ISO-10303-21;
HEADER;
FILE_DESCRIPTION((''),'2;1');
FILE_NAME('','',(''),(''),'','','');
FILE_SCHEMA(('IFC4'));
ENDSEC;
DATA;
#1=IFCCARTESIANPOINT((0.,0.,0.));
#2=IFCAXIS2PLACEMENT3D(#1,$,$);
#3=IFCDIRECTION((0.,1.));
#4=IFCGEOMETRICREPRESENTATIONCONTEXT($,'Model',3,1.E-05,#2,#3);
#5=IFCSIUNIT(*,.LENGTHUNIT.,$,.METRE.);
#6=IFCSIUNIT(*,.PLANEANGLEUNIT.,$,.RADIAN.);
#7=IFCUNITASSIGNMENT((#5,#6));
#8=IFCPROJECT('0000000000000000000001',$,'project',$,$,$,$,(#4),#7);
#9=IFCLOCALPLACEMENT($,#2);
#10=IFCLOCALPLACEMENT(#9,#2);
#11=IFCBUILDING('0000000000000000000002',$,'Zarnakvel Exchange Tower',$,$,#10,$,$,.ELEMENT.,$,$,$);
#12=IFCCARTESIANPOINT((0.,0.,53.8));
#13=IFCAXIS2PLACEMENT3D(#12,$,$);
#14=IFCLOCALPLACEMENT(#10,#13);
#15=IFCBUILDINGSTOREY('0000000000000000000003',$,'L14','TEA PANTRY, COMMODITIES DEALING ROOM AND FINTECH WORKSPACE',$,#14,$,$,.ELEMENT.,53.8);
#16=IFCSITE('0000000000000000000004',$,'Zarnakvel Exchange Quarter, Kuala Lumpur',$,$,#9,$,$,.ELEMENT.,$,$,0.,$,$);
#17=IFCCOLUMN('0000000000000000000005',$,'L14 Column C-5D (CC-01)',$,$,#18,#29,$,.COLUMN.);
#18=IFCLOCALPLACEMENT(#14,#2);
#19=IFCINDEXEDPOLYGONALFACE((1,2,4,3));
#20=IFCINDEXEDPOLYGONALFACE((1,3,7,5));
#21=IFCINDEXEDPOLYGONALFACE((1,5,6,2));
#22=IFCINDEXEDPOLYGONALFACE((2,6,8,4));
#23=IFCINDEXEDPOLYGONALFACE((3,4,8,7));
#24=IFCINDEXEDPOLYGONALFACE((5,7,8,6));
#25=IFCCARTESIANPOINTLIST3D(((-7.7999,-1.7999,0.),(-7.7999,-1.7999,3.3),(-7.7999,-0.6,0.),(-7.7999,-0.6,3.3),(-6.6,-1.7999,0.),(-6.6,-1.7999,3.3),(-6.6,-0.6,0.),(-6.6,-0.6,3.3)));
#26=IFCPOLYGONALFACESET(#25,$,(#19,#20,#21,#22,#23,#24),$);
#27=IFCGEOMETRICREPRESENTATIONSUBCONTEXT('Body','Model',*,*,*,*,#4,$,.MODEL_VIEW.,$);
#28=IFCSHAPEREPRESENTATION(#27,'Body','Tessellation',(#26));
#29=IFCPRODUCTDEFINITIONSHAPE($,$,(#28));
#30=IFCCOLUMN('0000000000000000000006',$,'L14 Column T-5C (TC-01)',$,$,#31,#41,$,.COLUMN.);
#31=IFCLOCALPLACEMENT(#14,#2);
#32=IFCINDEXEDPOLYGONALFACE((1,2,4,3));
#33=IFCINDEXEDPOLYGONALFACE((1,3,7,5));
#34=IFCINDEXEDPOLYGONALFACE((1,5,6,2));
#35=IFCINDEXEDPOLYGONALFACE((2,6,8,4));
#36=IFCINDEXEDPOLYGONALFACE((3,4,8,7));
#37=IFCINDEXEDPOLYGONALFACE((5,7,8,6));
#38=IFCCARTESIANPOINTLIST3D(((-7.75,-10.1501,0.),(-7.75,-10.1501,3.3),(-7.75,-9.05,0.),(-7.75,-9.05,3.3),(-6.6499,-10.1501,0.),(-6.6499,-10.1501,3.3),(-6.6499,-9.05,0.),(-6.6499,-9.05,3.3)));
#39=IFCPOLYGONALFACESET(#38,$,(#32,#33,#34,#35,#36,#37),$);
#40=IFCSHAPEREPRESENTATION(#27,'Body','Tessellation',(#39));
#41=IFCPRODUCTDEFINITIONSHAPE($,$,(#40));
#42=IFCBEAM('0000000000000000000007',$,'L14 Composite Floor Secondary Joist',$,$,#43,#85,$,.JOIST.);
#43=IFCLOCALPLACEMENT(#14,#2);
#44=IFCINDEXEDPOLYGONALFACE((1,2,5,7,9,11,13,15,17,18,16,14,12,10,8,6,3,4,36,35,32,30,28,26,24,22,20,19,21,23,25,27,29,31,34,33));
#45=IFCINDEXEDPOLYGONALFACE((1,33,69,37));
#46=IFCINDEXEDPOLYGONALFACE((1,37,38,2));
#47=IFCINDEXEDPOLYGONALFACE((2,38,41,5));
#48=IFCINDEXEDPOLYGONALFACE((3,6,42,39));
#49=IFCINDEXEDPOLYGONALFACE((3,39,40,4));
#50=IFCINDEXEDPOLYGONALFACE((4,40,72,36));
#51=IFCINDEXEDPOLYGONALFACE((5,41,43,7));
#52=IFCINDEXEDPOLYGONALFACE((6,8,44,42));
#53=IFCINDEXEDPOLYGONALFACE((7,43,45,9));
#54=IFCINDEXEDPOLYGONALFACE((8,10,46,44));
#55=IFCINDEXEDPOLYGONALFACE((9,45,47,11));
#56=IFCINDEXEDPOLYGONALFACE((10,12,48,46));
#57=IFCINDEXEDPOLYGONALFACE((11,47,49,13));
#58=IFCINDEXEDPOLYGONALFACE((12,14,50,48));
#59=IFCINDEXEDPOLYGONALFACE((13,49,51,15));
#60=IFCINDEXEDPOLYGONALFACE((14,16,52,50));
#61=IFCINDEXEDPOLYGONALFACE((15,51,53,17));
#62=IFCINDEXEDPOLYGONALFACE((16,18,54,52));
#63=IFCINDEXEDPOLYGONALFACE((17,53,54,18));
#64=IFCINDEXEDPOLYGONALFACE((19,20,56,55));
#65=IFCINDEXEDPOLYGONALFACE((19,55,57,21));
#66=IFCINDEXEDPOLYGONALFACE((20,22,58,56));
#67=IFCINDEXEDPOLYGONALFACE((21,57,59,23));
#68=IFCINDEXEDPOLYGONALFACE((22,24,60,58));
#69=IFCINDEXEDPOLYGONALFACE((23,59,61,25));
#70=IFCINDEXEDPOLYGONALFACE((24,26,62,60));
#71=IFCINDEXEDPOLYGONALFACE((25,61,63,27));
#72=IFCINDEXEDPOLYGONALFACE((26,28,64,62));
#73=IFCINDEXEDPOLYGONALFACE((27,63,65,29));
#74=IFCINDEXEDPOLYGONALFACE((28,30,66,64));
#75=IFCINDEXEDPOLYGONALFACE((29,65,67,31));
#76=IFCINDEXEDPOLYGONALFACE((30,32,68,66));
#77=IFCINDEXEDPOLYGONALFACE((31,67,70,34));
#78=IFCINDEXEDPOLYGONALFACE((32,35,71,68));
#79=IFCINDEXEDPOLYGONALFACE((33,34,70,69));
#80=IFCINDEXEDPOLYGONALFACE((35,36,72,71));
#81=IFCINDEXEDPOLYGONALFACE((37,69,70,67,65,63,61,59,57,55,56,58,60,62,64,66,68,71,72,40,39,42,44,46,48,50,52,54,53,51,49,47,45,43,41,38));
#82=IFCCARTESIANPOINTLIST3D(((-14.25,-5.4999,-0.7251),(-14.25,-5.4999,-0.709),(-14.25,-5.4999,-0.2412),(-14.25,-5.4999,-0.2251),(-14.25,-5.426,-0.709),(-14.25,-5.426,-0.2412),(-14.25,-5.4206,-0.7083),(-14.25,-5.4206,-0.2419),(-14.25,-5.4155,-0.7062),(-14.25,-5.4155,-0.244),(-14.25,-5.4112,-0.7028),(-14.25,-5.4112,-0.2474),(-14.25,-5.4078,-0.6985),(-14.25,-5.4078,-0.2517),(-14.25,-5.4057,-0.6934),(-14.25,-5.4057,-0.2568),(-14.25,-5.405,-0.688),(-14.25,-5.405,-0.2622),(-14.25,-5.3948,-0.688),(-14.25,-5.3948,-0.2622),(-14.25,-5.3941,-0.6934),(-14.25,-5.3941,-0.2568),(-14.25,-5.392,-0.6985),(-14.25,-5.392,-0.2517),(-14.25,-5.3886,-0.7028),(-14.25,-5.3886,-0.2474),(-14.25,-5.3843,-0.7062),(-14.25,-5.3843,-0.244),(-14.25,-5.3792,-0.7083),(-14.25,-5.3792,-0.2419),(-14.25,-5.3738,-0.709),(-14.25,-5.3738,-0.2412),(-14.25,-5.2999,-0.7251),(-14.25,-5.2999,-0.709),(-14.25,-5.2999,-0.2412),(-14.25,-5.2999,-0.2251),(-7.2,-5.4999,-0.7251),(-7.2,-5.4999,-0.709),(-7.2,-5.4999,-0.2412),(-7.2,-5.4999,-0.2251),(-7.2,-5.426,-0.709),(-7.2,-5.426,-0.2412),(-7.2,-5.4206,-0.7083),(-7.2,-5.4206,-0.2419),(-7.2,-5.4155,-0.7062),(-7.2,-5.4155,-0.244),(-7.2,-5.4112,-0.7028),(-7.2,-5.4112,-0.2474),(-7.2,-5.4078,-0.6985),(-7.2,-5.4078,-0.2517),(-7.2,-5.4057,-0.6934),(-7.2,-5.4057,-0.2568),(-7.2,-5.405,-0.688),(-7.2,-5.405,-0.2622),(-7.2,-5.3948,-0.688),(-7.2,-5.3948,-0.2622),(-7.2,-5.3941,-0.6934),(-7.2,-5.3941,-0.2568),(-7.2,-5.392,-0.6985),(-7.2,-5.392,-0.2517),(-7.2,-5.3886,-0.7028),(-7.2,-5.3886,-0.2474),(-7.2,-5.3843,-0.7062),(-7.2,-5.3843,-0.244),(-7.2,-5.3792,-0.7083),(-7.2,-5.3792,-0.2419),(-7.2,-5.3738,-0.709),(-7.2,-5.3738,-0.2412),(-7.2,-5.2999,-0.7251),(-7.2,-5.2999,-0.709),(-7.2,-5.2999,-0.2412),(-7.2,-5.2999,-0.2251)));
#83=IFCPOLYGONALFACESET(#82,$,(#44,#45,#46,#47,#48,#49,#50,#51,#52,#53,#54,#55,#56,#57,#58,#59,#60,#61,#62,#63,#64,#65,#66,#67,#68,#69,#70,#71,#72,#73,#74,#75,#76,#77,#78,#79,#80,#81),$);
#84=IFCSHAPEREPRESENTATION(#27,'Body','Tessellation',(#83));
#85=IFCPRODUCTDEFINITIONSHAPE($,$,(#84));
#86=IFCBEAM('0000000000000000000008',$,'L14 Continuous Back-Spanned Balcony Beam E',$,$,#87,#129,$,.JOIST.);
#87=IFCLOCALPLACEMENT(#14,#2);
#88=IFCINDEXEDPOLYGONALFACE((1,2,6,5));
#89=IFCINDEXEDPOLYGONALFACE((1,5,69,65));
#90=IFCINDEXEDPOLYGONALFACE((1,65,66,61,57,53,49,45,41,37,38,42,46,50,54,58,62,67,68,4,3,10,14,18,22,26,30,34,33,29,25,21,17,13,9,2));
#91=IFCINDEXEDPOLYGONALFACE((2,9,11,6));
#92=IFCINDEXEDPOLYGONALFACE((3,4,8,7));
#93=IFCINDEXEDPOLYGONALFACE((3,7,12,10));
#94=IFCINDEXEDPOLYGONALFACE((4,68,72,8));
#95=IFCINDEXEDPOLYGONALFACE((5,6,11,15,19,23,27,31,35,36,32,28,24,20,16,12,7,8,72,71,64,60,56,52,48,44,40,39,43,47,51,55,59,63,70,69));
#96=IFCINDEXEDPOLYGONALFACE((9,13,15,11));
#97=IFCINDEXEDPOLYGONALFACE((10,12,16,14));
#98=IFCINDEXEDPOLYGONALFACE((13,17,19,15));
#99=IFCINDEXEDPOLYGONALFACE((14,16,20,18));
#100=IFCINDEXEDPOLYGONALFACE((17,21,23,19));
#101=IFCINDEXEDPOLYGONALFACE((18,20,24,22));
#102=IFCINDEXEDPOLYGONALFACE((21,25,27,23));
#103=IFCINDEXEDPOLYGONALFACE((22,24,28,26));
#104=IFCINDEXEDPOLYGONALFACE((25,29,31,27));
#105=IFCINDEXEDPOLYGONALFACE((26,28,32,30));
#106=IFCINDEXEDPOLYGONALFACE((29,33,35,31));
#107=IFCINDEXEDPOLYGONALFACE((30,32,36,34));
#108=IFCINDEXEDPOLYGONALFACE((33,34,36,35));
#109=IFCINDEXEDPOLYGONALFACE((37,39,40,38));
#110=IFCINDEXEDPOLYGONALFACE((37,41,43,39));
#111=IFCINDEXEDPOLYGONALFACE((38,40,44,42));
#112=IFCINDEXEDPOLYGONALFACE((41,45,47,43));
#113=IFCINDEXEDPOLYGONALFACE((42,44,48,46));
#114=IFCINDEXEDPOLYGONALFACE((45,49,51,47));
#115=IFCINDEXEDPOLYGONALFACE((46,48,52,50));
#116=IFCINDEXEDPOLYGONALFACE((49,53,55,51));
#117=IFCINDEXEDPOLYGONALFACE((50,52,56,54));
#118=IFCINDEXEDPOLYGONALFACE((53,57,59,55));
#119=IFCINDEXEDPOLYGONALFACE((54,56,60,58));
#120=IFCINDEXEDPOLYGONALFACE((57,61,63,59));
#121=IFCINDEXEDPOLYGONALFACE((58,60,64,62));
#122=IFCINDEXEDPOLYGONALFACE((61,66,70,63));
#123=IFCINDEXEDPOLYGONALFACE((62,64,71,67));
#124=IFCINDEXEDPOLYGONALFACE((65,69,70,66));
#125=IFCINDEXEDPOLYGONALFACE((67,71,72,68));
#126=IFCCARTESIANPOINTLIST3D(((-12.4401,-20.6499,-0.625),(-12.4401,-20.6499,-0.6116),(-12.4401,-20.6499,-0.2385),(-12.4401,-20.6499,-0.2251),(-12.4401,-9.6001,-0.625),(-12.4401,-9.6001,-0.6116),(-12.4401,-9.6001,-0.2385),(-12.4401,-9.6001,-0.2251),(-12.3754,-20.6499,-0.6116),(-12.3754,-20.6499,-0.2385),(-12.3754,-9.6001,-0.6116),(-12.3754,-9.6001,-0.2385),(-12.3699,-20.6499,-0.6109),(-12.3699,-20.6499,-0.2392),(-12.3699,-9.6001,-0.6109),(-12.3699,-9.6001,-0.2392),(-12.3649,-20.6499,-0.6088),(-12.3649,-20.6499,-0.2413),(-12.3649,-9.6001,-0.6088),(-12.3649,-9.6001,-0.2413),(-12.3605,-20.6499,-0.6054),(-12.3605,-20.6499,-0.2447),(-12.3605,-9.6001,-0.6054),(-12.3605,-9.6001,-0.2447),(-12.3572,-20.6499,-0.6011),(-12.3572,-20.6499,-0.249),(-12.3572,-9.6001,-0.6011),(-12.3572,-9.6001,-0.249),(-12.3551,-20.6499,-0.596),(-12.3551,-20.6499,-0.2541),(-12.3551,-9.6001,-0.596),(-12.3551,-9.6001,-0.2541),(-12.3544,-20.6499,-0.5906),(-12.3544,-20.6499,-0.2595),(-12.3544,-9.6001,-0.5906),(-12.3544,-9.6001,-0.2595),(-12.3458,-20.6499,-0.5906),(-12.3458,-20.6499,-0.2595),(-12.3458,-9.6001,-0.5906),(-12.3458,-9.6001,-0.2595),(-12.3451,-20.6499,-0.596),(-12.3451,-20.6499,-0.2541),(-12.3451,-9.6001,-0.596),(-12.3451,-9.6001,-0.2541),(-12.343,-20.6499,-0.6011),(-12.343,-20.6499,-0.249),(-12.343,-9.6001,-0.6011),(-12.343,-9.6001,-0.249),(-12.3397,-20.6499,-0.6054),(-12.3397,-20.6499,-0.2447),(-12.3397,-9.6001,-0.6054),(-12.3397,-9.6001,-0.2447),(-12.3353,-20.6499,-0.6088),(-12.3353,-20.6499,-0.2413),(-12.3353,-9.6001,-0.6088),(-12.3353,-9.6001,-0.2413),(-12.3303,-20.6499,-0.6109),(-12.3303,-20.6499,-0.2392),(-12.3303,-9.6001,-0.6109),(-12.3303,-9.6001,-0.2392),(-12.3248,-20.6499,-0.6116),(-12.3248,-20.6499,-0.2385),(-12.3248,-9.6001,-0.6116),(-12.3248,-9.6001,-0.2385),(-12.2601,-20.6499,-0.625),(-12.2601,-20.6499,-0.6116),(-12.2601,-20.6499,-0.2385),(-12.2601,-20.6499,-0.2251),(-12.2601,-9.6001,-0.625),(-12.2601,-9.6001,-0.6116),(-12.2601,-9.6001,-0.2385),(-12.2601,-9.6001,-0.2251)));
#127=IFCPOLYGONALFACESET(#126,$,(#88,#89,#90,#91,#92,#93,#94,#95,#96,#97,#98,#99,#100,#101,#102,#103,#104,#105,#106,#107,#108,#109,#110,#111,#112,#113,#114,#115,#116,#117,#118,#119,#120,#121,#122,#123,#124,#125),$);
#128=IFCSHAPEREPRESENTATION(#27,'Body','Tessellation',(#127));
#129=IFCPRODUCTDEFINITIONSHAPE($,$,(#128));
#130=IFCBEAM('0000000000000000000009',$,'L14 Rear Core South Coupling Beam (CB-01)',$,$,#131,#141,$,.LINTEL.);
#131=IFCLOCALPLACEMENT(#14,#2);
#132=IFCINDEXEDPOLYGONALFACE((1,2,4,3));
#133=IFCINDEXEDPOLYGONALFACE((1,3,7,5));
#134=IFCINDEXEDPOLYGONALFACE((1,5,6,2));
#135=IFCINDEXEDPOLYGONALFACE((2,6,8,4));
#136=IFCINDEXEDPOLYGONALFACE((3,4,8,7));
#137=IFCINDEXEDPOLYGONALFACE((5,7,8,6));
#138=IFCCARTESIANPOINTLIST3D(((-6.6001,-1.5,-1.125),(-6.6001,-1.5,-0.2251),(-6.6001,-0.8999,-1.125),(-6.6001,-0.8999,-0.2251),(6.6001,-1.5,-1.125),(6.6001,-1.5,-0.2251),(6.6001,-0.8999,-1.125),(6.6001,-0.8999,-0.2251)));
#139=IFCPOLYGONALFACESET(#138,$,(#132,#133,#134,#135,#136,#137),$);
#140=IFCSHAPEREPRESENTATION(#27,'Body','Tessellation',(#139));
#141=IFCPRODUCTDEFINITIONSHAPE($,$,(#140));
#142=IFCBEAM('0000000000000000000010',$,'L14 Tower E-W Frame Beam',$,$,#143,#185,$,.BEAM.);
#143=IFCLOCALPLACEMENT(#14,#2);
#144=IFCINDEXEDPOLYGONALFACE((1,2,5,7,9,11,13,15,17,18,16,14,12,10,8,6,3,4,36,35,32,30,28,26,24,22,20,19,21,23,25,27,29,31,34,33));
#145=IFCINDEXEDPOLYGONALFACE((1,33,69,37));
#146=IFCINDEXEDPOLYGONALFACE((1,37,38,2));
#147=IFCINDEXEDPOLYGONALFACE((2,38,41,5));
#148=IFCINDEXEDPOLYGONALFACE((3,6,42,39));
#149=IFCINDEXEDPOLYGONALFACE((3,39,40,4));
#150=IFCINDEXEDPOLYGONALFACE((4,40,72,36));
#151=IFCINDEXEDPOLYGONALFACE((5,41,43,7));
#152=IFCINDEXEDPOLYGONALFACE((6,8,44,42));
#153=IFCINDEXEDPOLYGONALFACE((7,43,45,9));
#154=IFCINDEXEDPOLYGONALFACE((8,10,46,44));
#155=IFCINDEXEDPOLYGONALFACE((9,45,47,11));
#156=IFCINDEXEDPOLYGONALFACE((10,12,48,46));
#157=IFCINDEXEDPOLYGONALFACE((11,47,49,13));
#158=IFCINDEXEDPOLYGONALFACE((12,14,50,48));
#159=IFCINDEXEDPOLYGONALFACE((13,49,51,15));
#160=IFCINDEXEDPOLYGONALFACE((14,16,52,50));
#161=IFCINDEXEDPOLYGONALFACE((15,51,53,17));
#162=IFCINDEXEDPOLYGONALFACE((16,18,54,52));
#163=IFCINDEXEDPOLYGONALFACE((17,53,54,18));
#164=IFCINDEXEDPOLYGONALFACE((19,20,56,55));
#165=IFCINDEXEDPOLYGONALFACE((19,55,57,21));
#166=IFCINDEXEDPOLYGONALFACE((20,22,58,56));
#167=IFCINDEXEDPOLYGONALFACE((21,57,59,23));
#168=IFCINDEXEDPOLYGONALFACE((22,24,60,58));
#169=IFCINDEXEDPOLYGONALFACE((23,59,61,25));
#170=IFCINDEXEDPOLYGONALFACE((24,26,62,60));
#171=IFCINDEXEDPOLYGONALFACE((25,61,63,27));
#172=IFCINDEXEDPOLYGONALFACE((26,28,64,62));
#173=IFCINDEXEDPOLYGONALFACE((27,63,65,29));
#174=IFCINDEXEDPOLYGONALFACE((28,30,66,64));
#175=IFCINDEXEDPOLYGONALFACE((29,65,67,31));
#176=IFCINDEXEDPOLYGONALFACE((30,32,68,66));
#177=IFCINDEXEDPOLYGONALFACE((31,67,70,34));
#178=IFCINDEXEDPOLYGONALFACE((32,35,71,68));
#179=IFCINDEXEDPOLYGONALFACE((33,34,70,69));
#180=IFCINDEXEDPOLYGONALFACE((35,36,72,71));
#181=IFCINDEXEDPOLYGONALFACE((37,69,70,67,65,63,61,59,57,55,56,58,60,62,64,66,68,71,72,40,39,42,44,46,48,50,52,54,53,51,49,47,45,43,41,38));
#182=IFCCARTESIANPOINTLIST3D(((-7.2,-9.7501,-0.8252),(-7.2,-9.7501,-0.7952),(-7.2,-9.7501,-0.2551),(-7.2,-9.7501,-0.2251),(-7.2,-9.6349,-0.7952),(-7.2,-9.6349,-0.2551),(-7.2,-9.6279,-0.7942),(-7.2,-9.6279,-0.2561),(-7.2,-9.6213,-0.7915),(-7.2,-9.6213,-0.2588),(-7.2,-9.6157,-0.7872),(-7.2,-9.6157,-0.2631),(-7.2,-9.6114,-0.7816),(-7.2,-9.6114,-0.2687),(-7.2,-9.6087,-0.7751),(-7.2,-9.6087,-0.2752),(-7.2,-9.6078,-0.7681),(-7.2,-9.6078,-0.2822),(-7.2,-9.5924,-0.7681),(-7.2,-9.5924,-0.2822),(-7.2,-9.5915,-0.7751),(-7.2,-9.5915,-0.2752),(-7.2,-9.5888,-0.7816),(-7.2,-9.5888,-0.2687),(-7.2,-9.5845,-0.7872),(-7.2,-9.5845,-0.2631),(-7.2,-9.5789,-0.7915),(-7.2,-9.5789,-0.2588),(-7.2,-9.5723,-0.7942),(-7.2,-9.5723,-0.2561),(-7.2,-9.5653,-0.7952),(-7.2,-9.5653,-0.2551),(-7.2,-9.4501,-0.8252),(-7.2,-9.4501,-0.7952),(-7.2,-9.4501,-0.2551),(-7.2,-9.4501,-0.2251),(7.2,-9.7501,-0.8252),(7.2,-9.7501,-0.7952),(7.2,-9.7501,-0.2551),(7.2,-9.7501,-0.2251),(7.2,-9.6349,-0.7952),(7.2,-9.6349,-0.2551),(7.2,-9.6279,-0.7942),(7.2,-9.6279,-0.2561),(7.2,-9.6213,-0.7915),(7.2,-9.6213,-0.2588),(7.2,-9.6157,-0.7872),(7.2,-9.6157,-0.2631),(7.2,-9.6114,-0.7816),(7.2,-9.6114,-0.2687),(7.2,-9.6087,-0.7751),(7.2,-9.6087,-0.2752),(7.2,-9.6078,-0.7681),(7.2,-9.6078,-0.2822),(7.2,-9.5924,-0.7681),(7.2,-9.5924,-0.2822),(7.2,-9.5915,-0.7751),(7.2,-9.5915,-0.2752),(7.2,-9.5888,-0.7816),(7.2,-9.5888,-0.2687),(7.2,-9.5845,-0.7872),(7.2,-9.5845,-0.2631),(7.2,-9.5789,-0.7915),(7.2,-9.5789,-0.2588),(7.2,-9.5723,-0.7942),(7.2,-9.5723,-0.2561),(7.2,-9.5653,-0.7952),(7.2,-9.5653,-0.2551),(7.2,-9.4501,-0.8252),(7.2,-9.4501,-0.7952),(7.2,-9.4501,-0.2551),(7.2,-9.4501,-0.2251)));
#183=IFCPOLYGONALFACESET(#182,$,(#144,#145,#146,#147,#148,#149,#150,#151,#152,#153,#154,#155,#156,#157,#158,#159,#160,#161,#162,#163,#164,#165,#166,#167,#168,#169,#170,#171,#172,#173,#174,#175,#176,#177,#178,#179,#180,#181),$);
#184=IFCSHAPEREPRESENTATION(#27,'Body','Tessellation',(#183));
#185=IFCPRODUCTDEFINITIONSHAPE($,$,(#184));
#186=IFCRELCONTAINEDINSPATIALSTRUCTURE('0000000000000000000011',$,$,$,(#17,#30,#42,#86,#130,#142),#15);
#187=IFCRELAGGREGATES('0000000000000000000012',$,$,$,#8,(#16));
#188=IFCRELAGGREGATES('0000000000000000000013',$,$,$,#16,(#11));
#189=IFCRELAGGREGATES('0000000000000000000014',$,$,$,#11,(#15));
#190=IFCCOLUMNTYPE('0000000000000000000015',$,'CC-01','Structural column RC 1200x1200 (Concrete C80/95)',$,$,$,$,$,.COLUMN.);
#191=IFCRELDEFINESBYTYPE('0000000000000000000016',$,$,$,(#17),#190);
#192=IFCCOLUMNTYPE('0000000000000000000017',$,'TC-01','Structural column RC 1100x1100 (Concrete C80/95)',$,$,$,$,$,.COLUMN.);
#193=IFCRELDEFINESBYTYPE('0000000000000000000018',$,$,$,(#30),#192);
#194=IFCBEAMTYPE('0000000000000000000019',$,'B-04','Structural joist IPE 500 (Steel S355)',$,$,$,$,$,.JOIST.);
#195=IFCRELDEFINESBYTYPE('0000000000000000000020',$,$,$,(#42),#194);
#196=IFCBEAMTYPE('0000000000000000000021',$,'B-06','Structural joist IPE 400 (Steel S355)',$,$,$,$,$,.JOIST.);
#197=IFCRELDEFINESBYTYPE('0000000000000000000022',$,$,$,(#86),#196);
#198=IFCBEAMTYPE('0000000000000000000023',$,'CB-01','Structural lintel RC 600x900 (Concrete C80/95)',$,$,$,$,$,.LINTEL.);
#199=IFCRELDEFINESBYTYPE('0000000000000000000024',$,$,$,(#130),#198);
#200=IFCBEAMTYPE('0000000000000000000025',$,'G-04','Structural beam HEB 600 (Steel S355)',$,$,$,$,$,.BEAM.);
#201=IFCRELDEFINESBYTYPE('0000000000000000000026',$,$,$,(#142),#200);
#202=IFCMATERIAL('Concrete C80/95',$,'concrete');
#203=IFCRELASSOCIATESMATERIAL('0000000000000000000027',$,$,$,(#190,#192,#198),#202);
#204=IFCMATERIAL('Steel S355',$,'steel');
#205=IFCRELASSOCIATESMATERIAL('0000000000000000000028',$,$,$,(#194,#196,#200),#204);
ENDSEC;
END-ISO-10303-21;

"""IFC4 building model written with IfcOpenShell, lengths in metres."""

from ifc_helpers import new_model, si_unit, direction, frame, origin, origin_2d, place, context, subcontext, project, spatial, rectangle, i_section, extrude, material, material_profile, profile_set, type_object, element, save


model = new_model("IFC4")

# Units and contexts
model_context = context("Model", 3, precision=1e-05, world=origin(), true_north=direction((0.0, 1.0)))
body_context = subcontext(model_context, "Body", "Model", "MODEL_VIEW")
ifc_project = project(units=[si_unit("LENGTHUNIT", "METRE"), si_unit("PLANEANGLEUNIT", "RADIAN")], contexts=[model_context])

# Site, building, storey
site_placement = place(None, origin())
site = spatial("IfcSite", under=ifc_project, at=site_placement, Name="Zarnakvel Exchange Quarter, Kuala Lumpur", CompositionType="ELEMENT", RefElevation=0.0)
building_placement = place(site_placement, origin())
building = spatial("IfcBuilding", under=site, at=building_placement, Name="Zarnakvel Exchange Tower", CompositionType="ELEMENT")
storey_placement = place(building_placement, frame((0.0, 0.0, 53.8)))
storey = spatial("IfcBuildingStorey", under=building, at=storey_placement, Name="L14", Description="TEA PANTRY, COMMODITIES DEALING ROOM AND FINTECH WORKSPACE", CompositionType="ELEMENT", Elevation=53.8)

# Columns
ifc_material_1 = material(Name="Concrete C80/95", Category="concrete")
ifc_material_profile_1 = material_profile(ifc_material_1, rectangle(XDim=1.2, YDim=1.2, at=origin_2d()))
ifc_profile_set_1 = profile_set([ifc_material_profile_1], Name="Concrete C80/95")
column_type_1 = type_object("IfcColumnType", Name="CC-01", Description="Structural column RC 1200x1200 (Concrete C80/95)", PredefinedType="COLUMN", material=ifc_profile_set_1)
column_1_placement = place(storey_placement, frame((-7.2, -1.2, 0.0), z_axis=(0.0, 0.0, 1.0), x_axis=(1.0, 0.0, 0.0)))
element("IfcColumn", 1, at=column_1_placement, inside=storey, type_object=column_type_1, Name="L14 Column C-5D (CC-01)", PredefinedType="COLUMN", context=body_context, shape_type="SweptSolid", body=[
    extrude(rectangle(XDim=1.2, YDim=1.2, at=origin_2d()), origin(), (0.0, 0.0, 1.0), 3.3),
])
ifc_material_profile_2 = material_profile(ifc_material_1, rectangle(XDim=1.1001, YDim=1.1001, at=origin_2d()))
ifc_profile_set_2 = profile_set([ifc_material_profile_2], Name="Concrete C80/95")
column_type_2 = type_object("IfcColumnType", Name="TC-01", Description="Structural column RC 1100x1100 (Concrete C80/95)", PredefinedType="COLUMN", material=ifc_profile_set_2)
column_2_placement = place(storey_placement, frame((-7.2, -9.6001, 0.0), z_axis=(0.0, 0.0, 1.0), x_axis=(1.0, 0.0, 0.0)))
element("IfcColumn", 2, at=column_2_placement, inside=storey, type_object=column_type_2, Name="L14 Column T-5C (TC-01)", PredefinedType="COLUMN", context=body_context, shape_type="SweptSolid", body=[
    extrude(rectangle(XDim=1.1001, YDim=1.1001, at=origin_2d()), origin(), (0.0, 0.0, 1.0), 3.3),
])

# Beams
ifc_material_2 = material(Name="Steel S355", Category="steel")
ifc_material_profile_3 = material_profile(ifc_material_2, i_section(OverallWidth=0.2, OverallDepth=0.5, WebThickness=0.0103, FlangeThickness=0.0161, FilletRadius=0.021, at=origin_2d()))
ifc_profile_set_3 = profile_set([ifc_material_profile_3], Name="Steel S355")
beam_type_1 = type_object("IfcBeamType", Name="B-04", Description="Structural joist IPE 500 (Steel S355)", PredefinedType="JOIST", material=ifc_profile_set_3)
beam_1_placement = place(storey_placement, frame((-14.25, -5.3999, -0.4751), z_axis=(1.0, 0.0, 0.0), x_axis=(0.0, 1.0, 0.0)))
element("IfcBeam", 3, at=beam_1_placement, inside=storey, type_object=beam_type_1, Name="L14 Composite Floor Secondary Joist", PredefinedType="JOIST", context=body_context, shape_type="SweptSolid", body=[
    extrude(i_section(OverallWidth=0.2, OverallDepth=0.5, WebThickness=0.0103, FlangeThickness=0.0161, FilletRadius=0.021, at=origin_2d()), origin(), (0.0, 0.0, 1.0), 7.05),
])
ifc_material_profile_4 = material_profile(ifc_material_2, i_section(OverallWidth=0.1799, OverallDepth=0.3999, WebThickness=0.0085, FlangeThickness=0.0134, FilletRadius=0.021, at=origin_2d()))
ifc_profile_set_4 = profile_set([ifc_material_profile_4], Name="Steel S355")
beam_type_2 = type_object("IfcBeamType", Name="B-06", Description="Structural joist IPE 400 (Steel S355)", PredefinedType="JOIST", material=ifc_profile_set_4)
beam_2_placement = place(storey_placement, frame((-12.3501, -9.6001, -0.425), z_axis=(0.0, -1.0, 0.0), x_axis=(1.0, 0.0, 0.0)))
element("IfcBeam", 4, at=beam_2_placement, inside=storey, type_object=beam_type_2, Name="L14 Continuous Back-Spanned Balcony Beam E", PredefinedType="JOIST", context=body_context, shape_type="SweptSolid", body=[
    extrude(i_section(OverallWidth=0.1799, OverallDepth=0.3999, WebThickness=0.0085, FlangeThickness=0.0134, FilletRadius=0.021, at=origin_2d()), origin(), (0.0, 0.0, 1.0), 11.0498),
])
ifc_material_profile_5 = material_profile(ifc_material_1, rectangle(XDim=0.6001, YDim=0.8999, at=origin_2d()))
ifc_profile_set_5 = profile_set([ifc_material_profile_5], Name="Concrete C80/95")
beam_type_3 = type_object("IfcBeamType", Name="CB-01", Description="Structural lintel RC 600x900 (Concrete C80/95)", PredefinedType="LINTEL", material=ifc_profile_set_5)
beam_3_placement = place(storey_placement, frame((-6.6001, -1.2, -0.675), z_axis=(1.0, 0.0, 0.0), x_axis=(0.0, 1.0, 0.0)))
element("IfcBeam", 5, at=beam_3_placement, inside=storey, type_object=beam_type_3, Name="L14 Rear Core South Coupling Beam (CB-01)", PredefinedType="LINTEL", context=body_context, shape_type="SweptSolid", body=[
    extrude(rectangle(XDim=0.6001, YDim=0.8999, at=origin_2d()), origin(), (0.0, 0.0, 1.0), 13.2002),
])
ifc_material_profile_6 = material_profile(ifc_material_2, i_section(OverallWidth=0.3, OverallDepth=0.6001, WebThickness=0.0154, FlangeThickness=0.03, FilletRadius=0.0271, at=origin_2d()))
ifc_profile_set_6 = profile_set([ifc_material_profile_6], Name="Steel S355")
beam_type_4 = type_object("IfcBeamType", Name="G-04", Description="Structural beam HEB 600 (Steel S355)", PredefinedType="BEAM", material=ifc_profile_set_6)
beam_4_placement = place(storey_placement, frame((-7.2, -9.6001, -0.5251), z_axis=(1.0, 0.0, 0.0), x_axis=(0.0, 1.0, 0.0)))
element("IfcBeam", 6, at=beam_4_placement, inside=storey, type_object=beam_type_4, Name="L14 Tower E-W Frame Beam", PredefinedType="BEAM", context=body_context, shape_type="SweptSolid", body=[
    extrude(i_section(OverallWidth=0.3, OverallDepth=0.6001, WebThickness=0.0154, FlangeThickness=0.03, FilletRadius=0.0271, at=origin_2d()), origin(), (0.0, 0.0, 1.0), 14.3999),
])

save(model, "model.ifc")
